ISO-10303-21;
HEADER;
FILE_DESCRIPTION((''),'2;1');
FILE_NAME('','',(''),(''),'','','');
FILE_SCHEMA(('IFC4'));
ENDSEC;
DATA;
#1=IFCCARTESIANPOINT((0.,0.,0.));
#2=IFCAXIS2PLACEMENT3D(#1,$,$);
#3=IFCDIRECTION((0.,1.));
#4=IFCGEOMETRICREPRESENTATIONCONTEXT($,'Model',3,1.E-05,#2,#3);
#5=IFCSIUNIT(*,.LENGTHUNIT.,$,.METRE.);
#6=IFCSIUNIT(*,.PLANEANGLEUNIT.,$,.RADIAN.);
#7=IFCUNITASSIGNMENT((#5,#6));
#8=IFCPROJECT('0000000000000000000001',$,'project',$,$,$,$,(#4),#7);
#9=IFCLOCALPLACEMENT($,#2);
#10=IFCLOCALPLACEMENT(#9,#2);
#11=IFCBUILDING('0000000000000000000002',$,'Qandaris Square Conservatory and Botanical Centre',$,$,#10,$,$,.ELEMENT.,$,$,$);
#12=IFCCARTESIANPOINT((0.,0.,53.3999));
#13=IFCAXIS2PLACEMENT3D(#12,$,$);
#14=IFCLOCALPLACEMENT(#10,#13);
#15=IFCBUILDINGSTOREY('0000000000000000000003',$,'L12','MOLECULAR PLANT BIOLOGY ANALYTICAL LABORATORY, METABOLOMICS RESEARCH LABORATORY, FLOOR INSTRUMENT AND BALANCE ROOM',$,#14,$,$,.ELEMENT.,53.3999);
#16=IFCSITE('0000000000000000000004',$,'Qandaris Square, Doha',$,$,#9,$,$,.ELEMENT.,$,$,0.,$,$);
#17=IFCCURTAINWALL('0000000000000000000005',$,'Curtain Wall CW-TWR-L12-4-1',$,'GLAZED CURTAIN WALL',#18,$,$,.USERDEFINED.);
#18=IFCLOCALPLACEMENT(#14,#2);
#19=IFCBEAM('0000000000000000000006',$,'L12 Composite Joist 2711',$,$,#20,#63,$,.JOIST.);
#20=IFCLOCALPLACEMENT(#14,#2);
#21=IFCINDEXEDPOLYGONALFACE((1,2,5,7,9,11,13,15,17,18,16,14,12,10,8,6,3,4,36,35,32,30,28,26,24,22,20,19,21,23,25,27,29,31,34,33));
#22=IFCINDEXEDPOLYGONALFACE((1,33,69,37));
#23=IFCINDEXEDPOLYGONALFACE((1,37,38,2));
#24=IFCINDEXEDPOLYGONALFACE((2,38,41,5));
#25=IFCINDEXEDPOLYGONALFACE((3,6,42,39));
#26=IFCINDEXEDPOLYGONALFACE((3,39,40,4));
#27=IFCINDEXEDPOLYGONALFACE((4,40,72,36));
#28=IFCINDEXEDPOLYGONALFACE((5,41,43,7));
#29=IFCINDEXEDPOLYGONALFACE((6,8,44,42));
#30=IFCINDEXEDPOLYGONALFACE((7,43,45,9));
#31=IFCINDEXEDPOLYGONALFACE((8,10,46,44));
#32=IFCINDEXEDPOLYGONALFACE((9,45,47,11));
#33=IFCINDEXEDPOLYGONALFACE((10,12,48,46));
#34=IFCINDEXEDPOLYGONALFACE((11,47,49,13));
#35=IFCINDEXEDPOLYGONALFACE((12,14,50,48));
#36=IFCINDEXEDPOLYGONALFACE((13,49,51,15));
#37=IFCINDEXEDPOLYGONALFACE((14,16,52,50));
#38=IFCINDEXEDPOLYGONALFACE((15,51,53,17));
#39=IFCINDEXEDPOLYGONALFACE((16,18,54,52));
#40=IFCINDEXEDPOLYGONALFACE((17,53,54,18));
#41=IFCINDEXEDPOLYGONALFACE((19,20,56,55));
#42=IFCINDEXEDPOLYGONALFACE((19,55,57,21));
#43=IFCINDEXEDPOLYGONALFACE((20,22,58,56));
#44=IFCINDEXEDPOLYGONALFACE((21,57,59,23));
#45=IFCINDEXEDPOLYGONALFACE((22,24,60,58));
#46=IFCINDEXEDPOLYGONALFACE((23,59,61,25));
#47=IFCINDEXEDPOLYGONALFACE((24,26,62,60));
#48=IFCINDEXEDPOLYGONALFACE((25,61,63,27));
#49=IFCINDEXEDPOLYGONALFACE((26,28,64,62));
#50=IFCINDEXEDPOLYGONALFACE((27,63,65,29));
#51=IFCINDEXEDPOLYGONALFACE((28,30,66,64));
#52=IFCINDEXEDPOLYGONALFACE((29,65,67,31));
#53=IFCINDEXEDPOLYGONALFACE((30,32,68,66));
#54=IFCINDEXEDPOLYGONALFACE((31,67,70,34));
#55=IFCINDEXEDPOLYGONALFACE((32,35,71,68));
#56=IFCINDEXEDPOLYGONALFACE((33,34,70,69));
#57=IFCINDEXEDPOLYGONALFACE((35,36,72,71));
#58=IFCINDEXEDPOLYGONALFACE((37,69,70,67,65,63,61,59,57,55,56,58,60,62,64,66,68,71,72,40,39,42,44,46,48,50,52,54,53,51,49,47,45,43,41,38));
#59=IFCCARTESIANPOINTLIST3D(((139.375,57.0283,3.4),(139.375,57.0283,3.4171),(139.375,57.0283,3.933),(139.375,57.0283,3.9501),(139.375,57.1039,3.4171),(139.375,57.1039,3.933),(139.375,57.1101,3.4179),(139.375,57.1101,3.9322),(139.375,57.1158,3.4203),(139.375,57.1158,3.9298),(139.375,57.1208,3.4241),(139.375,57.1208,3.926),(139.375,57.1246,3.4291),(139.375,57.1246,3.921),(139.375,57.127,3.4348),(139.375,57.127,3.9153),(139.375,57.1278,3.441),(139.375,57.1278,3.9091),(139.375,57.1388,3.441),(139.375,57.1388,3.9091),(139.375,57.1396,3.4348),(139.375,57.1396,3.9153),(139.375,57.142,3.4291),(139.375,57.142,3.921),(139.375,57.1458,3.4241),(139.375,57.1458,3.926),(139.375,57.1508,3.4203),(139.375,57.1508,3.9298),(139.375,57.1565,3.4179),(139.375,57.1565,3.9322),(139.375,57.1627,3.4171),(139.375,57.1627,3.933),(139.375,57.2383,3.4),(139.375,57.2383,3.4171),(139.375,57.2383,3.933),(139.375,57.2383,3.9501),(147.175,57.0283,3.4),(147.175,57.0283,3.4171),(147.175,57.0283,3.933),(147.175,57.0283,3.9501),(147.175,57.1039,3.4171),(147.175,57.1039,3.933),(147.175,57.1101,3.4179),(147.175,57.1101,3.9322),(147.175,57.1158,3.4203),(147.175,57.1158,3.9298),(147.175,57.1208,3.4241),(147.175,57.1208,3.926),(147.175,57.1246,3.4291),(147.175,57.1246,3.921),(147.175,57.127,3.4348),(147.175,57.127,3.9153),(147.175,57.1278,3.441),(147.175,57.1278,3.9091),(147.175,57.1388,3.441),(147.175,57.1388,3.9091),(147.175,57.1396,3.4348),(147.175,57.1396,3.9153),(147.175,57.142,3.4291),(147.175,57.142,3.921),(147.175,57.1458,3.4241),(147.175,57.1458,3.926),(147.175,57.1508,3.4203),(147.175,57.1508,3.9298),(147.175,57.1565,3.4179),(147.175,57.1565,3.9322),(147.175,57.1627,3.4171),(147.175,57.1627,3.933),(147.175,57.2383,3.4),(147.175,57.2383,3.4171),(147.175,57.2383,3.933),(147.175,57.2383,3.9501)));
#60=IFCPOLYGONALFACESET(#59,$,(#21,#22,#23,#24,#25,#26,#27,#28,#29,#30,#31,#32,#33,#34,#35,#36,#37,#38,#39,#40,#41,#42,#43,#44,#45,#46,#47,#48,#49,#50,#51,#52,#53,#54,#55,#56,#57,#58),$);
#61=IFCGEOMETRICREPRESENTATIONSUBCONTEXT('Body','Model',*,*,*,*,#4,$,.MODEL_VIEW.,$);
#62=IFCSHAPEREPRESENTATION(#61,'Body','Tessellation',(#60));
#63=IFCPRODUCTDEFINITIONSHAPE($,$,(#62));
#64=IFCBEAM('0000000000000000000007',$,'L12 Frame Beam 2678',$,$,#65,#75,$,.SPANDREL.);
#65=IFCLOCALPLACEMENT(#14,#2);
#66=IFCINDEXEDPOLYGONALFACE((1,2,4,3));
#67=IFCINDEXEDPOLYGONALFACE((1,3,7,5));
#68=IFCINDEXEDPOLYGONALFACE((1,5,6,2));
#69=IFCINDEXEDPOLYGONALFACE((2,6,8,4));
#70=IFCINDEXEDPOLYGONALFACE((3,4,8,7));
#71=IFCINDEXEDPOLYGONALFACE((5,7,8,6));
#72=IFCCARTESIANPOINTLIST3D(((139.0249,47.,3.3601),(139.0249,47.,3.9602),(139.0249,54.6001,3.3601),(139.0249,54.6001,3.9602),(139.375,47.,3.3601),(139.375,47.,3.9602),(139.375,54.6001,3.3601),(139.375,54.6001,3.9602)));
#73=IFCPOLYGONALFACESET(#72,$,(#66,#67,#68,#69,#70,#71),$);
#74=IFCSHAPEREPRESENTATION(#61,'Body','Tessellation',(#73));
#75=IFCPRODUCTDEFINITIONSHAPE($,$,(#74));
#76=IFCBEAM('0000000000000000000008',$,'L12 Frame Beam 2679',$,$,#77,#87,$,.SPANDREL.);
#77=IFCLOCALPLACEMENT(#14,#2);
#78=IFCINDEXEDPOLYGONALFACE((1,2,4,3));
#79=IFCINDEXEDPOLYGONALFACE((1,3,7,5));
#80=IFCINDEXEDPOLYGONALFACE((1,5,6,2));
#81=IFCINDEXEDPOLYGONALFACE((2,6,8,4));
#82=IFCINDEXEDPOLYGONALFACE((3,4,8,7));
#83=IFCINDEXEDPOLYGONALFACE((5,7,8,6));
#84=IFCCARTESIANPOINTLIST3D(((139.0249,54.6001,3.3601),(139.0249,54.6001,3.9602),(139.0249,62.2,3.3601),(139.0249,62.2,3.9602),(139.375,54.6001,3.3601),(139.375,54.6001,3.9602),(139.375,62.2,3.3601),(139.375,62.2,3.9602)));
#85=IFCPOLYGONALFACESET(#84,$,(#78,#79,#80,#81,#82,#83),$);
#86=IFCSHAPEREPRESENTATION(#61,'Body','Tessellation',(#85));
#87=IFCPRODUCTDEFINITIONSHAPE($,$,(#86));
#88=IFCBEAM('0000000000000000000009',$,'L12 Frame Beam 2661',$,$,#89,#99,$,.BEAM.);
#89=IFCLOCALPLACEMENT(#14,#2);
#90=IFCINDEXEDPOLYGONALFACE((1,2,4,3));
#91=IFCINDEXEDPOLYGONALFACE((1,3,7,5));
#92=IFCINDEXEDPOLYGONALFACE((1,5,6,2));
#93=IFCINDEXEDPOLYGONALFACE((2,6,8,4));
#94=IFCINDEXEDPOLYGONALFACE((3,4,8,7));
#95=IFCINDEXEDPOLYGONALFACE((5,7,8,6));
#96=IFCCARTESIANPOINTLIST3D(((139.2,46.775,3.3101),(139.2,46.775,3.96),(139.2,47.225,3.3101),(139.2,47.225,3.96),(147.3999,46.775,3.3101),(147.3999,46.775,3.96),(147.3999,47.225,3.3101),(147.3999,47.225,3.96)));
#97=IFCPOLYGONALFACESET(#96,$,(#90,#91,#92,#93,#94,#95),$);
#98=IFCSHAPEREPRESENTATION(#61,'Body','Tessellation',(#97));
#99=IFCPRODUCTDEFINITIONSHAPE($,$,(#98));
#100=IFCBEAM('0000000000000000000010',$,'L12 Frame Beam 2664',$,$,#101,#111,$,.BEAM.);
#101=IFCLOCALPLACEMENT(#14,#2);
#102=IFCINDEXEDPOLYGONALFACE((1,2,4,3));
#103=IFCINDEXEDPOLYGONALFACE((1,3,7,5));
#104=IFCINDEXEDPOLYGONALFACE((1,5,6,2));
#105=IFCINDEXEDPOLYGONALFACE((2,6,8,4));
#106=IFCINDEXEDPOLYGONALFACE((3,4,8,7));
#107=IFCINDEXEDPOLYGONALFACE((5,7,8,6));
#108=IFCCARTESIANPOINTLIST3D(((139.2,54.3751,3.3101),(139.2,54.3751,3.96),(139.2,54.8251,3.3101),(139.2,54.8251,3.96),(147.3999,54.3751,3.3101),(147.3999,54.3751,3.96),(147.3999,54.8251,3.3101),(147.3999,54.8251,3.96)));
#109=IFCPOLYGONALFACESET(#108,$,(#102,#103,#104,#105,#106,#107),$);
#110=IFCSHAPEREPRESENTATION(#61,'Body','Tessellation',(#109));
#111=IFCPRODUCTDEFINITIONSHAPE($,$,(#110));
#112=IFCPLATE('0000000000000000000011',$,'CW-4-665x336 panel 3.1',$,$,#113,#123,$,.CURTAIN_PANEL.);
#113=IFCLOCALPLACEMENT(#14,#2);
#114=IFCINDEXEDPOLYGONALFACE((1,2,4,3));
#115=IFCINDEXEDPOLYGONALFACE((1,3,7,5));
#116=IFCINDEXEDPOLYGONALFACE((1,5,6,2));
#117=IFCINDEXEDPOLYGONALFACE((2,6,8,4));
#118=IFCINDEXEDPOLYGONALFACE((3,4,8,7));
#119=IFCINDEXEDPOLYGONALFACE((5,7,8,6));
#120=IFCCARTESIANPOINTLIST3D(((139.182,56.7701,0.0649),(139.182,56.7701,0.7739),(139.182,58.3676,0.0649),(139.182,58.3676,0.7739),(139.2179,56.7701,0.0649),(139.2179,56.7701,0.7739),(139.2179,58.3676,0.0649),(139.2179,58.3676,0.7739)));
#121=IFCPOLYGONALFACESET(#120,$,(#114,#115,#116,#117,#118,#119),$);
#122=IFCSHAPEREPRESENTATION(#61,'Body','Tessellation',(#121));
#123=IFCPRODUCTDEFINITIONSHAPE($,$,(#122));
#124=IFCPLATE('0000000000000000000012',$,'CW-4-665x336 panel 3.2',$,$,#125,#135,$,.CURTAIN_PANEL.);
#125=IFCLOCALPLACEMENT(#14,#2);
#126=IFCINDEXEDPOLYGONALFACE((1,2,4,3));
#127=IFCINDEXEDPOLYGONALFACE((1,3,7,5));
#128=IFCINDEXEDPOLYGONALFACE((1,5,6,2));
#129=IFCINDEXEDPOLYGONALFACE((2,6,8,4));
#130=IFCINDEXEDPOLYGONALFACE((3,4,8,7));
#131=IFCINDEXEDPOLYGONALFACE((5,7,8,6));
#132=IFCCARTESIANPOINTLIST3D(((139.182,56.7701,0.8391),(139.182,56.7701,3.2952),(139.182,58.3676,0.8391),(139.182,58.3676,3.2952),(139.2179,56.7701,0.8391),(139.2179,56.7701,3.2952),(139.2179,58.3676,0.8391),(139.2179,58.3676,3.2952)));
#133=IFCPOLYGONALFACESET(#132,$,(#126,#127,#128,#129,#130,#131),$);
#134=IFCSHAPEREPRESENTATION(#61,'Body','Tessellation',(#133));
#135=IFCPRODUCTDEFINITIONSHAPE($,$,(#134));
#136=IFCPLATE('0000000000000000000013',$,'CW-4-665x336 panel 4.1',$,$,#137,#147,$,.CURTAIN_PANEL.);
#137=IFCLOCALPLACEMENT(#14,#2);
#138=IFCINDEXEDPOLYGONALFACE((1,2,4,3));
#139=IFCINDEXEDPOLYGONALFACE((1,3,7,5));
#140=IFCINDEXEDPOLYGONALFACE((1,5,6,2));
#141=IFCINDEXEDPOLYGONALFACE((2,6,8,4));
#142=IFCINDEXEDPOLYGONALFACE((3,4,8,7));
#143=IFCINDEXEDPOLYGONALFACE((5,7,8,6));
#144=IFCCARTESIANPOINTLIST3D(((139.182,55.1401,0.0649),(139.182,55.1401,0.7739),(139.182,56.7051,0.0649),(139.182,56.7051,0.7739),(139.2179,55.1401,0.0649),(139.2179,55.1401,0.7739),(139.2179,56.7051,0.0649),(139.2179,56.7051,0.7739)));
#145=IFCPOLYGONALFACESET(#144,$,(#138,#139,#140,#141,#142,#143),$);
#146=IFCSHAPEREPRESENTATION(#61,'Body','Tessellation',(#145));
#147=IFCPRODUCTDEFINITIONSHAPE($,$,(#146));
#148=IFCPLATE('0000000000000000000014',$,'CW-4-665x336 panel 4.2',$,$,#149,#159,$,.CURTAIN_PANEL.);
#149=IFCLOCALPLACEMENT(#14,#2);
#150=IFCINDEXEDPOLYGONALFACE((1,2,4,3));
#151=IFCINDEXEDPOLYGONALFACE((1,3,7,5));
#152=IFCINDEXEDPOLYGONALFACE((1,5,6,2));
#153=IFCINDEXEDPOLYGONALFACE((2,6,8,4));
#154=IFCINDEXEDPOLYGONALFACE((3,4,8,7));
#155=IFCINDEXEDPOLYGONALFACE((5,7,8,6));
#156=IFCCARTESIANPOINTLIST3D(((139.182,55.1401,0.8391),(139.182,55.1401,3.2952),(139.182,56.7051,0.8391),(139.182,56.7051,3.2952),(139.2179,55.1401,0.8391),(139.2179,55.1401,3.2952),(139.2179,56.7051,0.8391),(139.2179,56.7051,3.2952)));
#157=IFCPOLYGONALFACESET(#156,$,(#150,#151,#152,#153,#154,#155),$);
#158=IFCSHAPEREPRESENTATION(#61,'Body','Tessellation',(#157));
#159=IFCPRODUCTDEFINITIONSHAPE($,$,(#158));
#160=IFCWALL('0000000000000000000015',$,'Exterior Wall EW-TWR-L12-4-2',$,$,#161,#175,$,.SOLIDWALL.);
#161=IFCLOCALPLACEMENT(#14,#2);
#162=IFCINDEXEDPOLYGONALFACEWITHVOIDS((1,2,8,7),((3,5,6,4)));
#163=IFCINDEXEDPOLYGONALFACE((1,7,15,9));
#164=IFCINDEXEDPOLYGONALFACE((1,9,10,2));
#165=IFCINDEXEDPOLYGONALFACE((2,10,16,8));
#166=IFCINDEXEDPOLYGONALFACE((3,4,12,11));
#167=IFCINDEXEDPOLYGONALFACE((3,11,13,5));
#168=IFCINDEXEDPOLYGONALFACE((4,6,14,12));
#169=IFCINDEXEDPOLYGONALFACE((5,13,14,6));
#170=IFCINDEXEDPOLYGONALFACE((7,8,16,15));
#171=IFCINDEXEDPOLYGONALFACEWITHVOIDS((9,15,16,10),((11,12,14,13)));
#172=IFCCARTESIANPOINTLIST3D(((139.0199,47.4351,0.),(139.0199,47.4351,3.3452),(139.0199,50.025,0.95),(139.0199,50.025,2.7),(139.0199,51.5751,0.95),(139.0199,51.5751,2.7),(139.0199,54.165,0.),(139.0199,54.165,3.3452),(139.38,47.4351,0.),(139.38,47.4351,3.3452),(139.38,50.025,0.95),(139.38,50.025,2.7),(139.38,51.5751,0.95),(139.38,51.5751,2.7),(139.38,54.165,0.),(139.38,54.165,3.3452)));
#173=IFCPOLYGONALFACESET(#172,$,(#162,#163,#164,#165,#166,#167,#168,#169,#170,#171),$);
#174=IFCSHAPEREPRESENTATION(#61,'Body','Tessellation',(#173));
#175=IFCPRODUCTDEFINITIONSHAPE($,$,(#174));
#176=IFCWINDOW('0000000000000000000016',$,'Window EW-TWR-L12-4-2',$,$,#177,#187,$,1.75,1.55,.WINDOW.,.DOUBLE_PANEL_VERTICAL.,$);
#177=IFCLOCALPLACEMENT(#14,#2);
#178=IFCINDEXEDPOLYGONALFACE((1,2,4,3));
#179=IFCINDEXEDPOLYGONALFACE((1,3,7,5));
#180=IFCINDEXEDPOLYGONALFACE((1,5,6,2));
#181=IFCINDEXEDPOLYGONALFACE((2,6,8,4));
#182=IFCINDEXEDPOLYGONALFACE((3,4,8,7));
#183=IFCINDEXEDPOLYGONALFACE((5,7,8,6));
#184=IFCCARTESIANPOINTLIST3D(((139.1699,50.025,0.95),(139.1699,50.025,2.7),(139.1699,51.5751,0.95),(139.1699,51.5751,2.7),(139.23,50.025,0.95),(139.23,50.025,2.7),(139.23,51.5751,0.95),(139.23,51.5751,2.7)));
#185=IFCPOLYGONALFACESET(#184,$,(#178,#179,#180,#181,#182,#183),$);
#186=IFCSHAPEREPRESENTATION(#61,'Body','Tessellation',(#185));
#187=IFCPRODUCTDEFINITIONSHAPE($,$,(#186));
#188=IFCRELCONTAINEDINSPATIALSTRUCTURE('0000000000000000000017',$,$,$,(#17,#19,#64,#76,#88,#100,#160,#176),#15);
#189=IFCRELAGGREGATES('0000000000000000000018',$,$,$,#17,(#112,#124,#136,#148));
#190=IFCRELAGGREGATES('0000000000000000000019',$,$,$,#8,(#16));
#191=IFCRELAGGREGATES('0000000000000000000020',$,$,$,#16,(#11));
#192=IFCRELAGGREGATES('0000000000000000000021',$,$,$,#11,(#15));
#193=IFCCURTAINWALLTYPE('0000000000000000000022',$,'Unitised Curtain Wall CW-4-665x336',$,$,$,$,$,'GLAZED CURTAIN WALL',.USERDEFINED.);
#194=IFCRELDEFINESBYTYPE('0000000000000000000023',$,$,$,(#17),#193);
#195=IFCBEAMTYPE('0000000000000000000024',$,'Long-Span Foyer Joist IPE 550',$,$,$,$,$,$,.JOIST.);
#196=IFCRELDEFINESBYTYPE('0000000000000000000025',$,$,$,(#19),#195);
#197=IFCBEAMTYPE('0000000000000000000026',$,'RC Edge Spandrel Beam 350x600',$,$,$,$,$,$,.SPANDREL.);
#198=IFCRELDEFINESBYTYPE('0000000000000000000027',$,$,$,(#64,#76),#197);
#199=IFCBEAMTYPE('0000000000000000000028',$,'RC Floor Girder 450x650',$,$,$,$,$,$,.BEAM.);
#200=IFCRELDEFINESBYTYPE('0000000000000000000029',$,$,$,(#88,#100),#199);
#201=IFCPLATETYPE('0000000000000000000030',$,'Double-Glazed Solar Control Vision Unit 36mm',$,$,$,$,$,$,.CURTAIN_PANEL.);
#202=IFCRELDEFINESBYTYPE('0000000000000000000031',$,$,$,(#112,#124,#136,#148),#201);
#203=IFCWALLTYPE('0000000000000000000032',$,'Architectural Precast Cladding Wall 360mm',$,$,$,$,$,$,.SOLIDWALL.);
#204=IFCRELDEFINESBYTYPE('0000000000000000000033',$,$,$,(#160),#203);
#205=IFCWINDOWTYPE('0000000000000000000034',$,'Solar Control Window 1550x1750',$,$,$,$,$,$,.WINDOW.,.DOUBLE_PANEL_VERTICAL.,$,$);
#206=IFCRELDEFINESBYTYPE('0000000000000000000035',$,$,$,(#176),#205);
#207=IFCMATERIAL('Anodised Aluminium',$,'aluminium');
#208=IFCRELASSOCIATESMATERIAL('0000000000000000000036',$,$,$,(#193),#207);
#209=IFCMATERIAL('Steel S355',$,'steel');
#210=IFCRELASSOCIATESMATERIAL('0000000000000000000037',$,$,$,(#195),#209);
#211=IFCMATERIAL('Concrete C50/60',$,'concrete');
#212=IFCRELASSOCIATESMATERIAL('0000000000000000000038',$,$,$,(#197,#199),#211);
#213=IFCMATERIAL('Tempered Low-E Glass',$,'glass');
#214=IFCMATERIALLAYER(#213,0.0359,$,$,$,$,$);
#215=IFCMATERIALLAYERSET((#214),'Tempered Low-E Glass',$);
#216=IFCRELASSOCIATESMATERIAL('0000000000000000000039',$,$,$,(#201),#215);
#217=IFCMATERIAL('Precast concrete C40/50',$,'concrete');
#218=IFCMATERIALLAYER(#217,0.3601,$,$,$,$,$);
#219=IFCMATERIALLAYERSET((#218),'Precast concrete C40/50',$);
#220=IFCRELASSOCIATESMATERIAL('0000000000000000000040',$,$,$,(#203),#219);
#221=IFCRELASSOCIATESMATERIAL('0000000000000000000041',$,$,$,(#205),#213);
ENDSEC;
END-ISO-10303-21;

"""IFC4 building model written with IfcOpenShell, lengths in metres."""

from ifc_helpers import new_model, si_unit, direction, frame, frame_2d, origin, origin_2d, place, context, subcontext, project, spatial, rectangle, i_section, extrude, material, layer, layer_set, material_profile, profile_set, type_object, element, fill, aggregate, save


model = new_model("IFC4")

# Units and contexts
model_context = context("Model", 3, precision=1e-05, world=origin(), true_north=direction((0.0, 1.0)))
body_context = subcontext(model_context, "Body", "Model", "MODEL_VIEW")
ifc_project = project(units=[si_unit("LENGTHUNIT", "METRE"), si_unit("PLANEANGLEUNIT", "RADIAN")], contexts=[model_context])

# Site, building, storey
site_placement = place(None, origin())
site = spatial("IfcSite", under=ifc_project, at=site_placement, Name="Qandaris Square, Doha", CompositionType="ELEMENT", RefElevation=0.0)
building_placement = place(site_placement, origin())
building = spatial("IfcBuilding", under=site, at=building_placement, Name="Qandaris Square Conservatory and Botanical Centre", CompositionType="ELEMENT")
storey_placement = place(building_placement, frame((0.0, 0.0, 53.3999)))
storey = spatial("IfcBuildingStorey", under=building, at=storey_placement, Name="L12", Description="MOLECULAR PLANT BIOLOGY ANALYTICAL LABORATORY, METABOLOMICS RESEARCH LABORATORY, FLOOR INSTRUMENT AND BALANCE ROOM", CompositionType="ELEMENT", Elevation=53.3999)

# Shared definitions
ifc_material_1 = material(Name="Concrete C50/60", Category="concrete")

# Shared definitions
ifc_material_2 = material(Name="Steel S355", Category="steel")

# Curtain wall
ifc_material_3 = material(Name="Anodised Aluminium", Category="aluminium")
curtain_wall_type = type_object("IfcCurtainWallType", Name="Unitised Curtain Wall CW-4-665x336", ElementType="GLAZED CURTAIN WALL", PredefinedType="USERDEFINED", material=ifc_material_3)
curtain_wall_placement = place(storey_placement, origin())
curtain_wall = element("IfcCurtainWall", 1, at=curtain_wall_placement, inside=storey, type_object=curtain_wall_type, Name="Curtain Wall CW-TWR-L12-4-1", ObjectType="GLAZED CURTAIN WALL", PredefinedType="USERDEFINED")

# Beams
ifc_material_profile_1 = material_profile(ifc_material_2, i_section(OverallWidth=0.21, OverallDepth=0.55, WebThickness=0.011, FlangeThickness=0.0171, FilletRadius=0.0239, at=origin_2d()), Name="IPE 550")
ifc_profile_set_1 = profile_set([ifc_material_profile_1], Name="Steel S355")
beam_type_1 = type_object("IfcBeamType", Name="Long-Span Foyer Joist IPE 550", PredefinedType="JOIST", material=ifc_profile_set_1)
for number, where, z_axis, x_axis, name in (
    (2, (139.375, 57.1333, 3.675), (1.0, 0.0, 0.0), (0.0, 1.0, 0.0), "L12 Composite Joist 2711"),
):
    element("IfcBeam", number, at=place(storey_placement, frame(where, z_axis=z_axis, x_axis=x_axis)), inside=storey, type_object=beam_type_1, Name=name, PredefinedType="JOIST", context=body_context, shape_type="SweptSolid", body=[
        extrude(i_section(OverallWidth=0.21, OverallDepth=0.55, WebThickness=0.011, FlangeThickness=0.0171, FilletRadius=0.0239, at=origin_2d()), origin(), (0.0, 0.0, 1.0), 7.8),
    ])
ifc_material_profile_2 = material_profile(ifc_material_1, rectangle(XDim=0.3501, YDim=0.6001, at=origin_2d()), Name="RC-SP 350x600")
ifc_profile_set_2 = profile_set([ifc_material_profile_2], Name="Concrete C50/60")
beam_type_2 = type_object("IfcBeamType", Name="RC Edge Spandrel Beam 350x600", PredefinedType="SPANDREL", material=ifc_profile_set_2)
beam_1_placement = place(storey_placement, frame((139.2, 47.0, 3.6602), z_axis=(0.0, 1.0, 0.0), x_axis=(-1.0, 0.0, 0.0)))
element("IfcBeam", 3, at=beam_1_placement, inside=storey, type_object=beam_type_2, Name="L12 Frame Beam 2678", PredefinedType="SPANDREL", context=body_context, shape_type="SweptSolid", body=[
    extrude(rectangle(XDim=0.3501, YDim=0.6001, at=origin_2d()), origin(), (0.0, 0.0, 1.0), 7.6001),
])
beam_2_placement = place(storey_placement, frame((139.2, 54.6001, 3.6602), z_axis=(0.0, 1.0, 0.0), x_axis=(-1.0, 0.0, 0.0)))
element("IfcBeam", 4, at=beam_2_placement, inside=storey, type_object=beam_type_2, Name="L12 Frame Beam 2679", PredefinedType="SPANDREL", context=body_context, shape_type="SweptSolid", body=[
    extrude(rectangle(XDim=0.3501, YDim=0.6001, at=origin_2d()), origin(), (0.0, 0.0, 1.0), 7.5999),
])
ifc_material_profile_3 = material_profile(ifc_material_1, rectangle(XDim=0.45, YDim=0.6499, at=origin_2d()), Name="RC-BM 450x650")
ifc_profile_set_3 = profile_set([ifc_material_profile_3], Name="Concrete C50/60")
beam_type_3 = type_object("IfcBeamType", Name="RC Floor Girder 450x650", PredefinedType="BEAM", material=ifc_profile_set_3)
for number, where, z_axis, x_axis, name in (
    (5, (139.2, 47.0, 3.635), (1.0, 0.0, 0.0), (0.0, 1.0, 0.0), "L12 Frame Beam 2661"),
    (6, (139.2, 54.6001, 3.635), (1.0, 0.0, 0.0), (0.0, 1.0, 0.0), "L12 Frame Beam 2664"),
):
    element("IfcBeam", number, at=place(storey_placement, frame(where, z_axis=z_axis, x_axis=x_axis)), inside=storey, type_object=beam_type_3, Name=name, PredefinedType="BEAM", context=body_context, shape_type="SweptSolid", body=[
        extrude(rectangle(XDim=0.45, YDim=0.6499, at=origin_2d()), origin(), (0.0, 0.0, 1.0), 8.2),
    ])

# Plates
ifc_material_4 = material(Name="Tempered Low-E Glass", Category="glass")
ifc_layer_1 = layer(ifc_material_4, 0.0359)
ifc_layer_set_1 = layer_set([ifc_layer_1], Name="Tempered Low-E Glass")
plate_type = type_object("IfcPlateType", Name="Double-Glazed Solar Control Vision Unit 36mm", PredefinedType="CURTAIN_PANEL", material=ifc_layer_set_1)
plate_1_placement = place(storey_placement, frame((139.2, 57.5688, 0.0649), z_axis=(0.0, 0.0, 1.0), x_axis=(0.0, -1.0, 0.0)))
plate_1 = element("IfcPlate", 7, at=plate_1_placement, type_object=plate_type, Name="CW-4-665x336 panel 3.1", PredefinedType="CURTAIN_PANEL", context=body_context, shape_type="SweptSolid", body=[
    extrude(rectangle(XDim=1.5974, YDim=0.0359, at=origin_2d()), origin(), (0.0, 0.0, 1.0), 0.709),
])
plate_2_placement = place(storey_placement, frame((139.2, 57.5688, 0.8391), z_axis=(0.0, 0.0, 1.0), x_axis=(0.0, -1.0, 0.0)))
plate_2 = element("IfcPlate", 8, at=plate_2_placement, type_object=plate_type, Name="CW-4-665x336 panel 3.2", PredefinedType="CURTAIN_PANEL", context=body_context, shape_type="SweptSolid", body=[
    extrude(rectangle(XDim=1.5974, YDim=0.0359, at=origin_2d()), origin(), (0.0, 0.0, 1.0), 2.4561),
])
plate_3_placement = place(storey_placement, frame((139.2, 55.9226, 0.0649), z_axis=(0.0, 0.0, 1.0), x_axis=(0.0, -1.0, 0.0)))
plate_3 = element("IfcPlate", 9, at=plate_3_placement, type_object=plate_type, Name="CW-4-665x336 panel 4.1", PredefinedType="CURTAIN_PANEL", context=body_context, shape_type="SweptSolid", body=[
    extrude(rectangle(XDim=1.5649, YDim=0.0359, at=origin_2d()), origin(), (0.0, 0.0, 1.0), 0.709),
])
plate_4_placement = place(storey_placement, frame((139.2, 55.9226, 0.8391), z_axis=(0.0, 0.0, 1.0), x_axis=(0.0, -1.0, 0.0)))
plate_4 = element("IfcPlate", 10, at=plate_4_placement, type_object=plate_type, Name="CW-4-665x336 panel 4.2", PredefinedType="CURTAIN_PANEL", context=body_context, shape_type="SweptSolid", body=[
    extrude(rectangle(XDim=1.5649, YDim=0.0359, at=origin_2d()), origin(), (0.0, 0.0, 1.0), 2.4561),
])
aggregate(curtain_wall, [plate_1, plate_2, plate_3, plate_4])

# Wall, opening, window
ifc_material_5 = material(Name="Precast concrete C40/50", Category="concrete")
ifc_layer_2 = layer(ifc_material_5, 0.3601)
ifc_layer_set_2 = layer_set([ifc_layer_2], Name="Precast concrete C40/50")
wall_type_1 = type_object("IfcWallType", Name="Architectural Precast Cladding Wall 360mm", PredefinedType="SOLIDWALL", material=ifc_layer_set_2)
wall_1_placement = place(storey_placement, frame((139.2, 54.165, 0.0), z_axis=(0.0, 0.0, 1.0), x_axis=(0.0, -1.0, 0.0)))
wall_1 = element("IfcWall", 11, at=wall_1_placement, inside=storey, type_object=wall_type_1, Name="Exterior Wall EW-TWR-L12-4-2", PredefinedType="SOLIDWALL", context=body_context, shape_type="SweptSolid", body=[
    extrude(rectangle(XDim=6.73, YDim=0.3601, at=frame_2d((3.365, 0.0))), origin(), (0.0, 0.0, 1.0), 3.3452),
])
opening_1_placement = place(wall_1_placement, frame((2.5901, 0.0, 0.95)))
opening_1 = element("IfcOpeningElement", 12, at=opening_1_placement, cuts=wall_1, PredefinedType="OPENING", context=body_context, shape_type="SweptSolid", body=[
    extrude(rectangle(XDim=1.55, YDim=1.75, at=frame_2d((0.7749, 0.875))), frame((0.0, 0.1919, 0.0), z_axis=(0.0, -1.0, 0.0), x_axis=(1.0, 0.0, 0.0)), (0.0, 0.0, 1.0), 0.384),
])
window_type = type_object("IfcWindowType", Name="Solar Control Window 1550x1750", PartitioningType="DOUBLE_PANEL_VERTICAL", PredefinedType="WINDOW", material=ifc_material_4)
window_placement = place(opening_1_placement, origin())
window = element("IfcWindow", 13, at=window_placement, inside=storey, type_object=window_type, Name="Window EW-TWR-L12-4-2", OverallHeight=1.75, OverallWidth=1.55, PartitioningType="DOUBLE_PANEL_VERTICAL", PredefinedType="WINDOW", context=body_context, shape_type="SweptSolid", body=[
    extrude(rectangle(XDim=1.55, YDim=1.75, at=frame_2d((0.7749, 0.875))), frame((0.0, 0.03, 0.0), z_axis=(0.0, -1.0, 0.0), x_axis=(1.0, 0.0, 0.0)), (0.0, 0.0, 1.0), 0.0601),
])
fill(opening_1, window)

save(model, "model.ifc")
